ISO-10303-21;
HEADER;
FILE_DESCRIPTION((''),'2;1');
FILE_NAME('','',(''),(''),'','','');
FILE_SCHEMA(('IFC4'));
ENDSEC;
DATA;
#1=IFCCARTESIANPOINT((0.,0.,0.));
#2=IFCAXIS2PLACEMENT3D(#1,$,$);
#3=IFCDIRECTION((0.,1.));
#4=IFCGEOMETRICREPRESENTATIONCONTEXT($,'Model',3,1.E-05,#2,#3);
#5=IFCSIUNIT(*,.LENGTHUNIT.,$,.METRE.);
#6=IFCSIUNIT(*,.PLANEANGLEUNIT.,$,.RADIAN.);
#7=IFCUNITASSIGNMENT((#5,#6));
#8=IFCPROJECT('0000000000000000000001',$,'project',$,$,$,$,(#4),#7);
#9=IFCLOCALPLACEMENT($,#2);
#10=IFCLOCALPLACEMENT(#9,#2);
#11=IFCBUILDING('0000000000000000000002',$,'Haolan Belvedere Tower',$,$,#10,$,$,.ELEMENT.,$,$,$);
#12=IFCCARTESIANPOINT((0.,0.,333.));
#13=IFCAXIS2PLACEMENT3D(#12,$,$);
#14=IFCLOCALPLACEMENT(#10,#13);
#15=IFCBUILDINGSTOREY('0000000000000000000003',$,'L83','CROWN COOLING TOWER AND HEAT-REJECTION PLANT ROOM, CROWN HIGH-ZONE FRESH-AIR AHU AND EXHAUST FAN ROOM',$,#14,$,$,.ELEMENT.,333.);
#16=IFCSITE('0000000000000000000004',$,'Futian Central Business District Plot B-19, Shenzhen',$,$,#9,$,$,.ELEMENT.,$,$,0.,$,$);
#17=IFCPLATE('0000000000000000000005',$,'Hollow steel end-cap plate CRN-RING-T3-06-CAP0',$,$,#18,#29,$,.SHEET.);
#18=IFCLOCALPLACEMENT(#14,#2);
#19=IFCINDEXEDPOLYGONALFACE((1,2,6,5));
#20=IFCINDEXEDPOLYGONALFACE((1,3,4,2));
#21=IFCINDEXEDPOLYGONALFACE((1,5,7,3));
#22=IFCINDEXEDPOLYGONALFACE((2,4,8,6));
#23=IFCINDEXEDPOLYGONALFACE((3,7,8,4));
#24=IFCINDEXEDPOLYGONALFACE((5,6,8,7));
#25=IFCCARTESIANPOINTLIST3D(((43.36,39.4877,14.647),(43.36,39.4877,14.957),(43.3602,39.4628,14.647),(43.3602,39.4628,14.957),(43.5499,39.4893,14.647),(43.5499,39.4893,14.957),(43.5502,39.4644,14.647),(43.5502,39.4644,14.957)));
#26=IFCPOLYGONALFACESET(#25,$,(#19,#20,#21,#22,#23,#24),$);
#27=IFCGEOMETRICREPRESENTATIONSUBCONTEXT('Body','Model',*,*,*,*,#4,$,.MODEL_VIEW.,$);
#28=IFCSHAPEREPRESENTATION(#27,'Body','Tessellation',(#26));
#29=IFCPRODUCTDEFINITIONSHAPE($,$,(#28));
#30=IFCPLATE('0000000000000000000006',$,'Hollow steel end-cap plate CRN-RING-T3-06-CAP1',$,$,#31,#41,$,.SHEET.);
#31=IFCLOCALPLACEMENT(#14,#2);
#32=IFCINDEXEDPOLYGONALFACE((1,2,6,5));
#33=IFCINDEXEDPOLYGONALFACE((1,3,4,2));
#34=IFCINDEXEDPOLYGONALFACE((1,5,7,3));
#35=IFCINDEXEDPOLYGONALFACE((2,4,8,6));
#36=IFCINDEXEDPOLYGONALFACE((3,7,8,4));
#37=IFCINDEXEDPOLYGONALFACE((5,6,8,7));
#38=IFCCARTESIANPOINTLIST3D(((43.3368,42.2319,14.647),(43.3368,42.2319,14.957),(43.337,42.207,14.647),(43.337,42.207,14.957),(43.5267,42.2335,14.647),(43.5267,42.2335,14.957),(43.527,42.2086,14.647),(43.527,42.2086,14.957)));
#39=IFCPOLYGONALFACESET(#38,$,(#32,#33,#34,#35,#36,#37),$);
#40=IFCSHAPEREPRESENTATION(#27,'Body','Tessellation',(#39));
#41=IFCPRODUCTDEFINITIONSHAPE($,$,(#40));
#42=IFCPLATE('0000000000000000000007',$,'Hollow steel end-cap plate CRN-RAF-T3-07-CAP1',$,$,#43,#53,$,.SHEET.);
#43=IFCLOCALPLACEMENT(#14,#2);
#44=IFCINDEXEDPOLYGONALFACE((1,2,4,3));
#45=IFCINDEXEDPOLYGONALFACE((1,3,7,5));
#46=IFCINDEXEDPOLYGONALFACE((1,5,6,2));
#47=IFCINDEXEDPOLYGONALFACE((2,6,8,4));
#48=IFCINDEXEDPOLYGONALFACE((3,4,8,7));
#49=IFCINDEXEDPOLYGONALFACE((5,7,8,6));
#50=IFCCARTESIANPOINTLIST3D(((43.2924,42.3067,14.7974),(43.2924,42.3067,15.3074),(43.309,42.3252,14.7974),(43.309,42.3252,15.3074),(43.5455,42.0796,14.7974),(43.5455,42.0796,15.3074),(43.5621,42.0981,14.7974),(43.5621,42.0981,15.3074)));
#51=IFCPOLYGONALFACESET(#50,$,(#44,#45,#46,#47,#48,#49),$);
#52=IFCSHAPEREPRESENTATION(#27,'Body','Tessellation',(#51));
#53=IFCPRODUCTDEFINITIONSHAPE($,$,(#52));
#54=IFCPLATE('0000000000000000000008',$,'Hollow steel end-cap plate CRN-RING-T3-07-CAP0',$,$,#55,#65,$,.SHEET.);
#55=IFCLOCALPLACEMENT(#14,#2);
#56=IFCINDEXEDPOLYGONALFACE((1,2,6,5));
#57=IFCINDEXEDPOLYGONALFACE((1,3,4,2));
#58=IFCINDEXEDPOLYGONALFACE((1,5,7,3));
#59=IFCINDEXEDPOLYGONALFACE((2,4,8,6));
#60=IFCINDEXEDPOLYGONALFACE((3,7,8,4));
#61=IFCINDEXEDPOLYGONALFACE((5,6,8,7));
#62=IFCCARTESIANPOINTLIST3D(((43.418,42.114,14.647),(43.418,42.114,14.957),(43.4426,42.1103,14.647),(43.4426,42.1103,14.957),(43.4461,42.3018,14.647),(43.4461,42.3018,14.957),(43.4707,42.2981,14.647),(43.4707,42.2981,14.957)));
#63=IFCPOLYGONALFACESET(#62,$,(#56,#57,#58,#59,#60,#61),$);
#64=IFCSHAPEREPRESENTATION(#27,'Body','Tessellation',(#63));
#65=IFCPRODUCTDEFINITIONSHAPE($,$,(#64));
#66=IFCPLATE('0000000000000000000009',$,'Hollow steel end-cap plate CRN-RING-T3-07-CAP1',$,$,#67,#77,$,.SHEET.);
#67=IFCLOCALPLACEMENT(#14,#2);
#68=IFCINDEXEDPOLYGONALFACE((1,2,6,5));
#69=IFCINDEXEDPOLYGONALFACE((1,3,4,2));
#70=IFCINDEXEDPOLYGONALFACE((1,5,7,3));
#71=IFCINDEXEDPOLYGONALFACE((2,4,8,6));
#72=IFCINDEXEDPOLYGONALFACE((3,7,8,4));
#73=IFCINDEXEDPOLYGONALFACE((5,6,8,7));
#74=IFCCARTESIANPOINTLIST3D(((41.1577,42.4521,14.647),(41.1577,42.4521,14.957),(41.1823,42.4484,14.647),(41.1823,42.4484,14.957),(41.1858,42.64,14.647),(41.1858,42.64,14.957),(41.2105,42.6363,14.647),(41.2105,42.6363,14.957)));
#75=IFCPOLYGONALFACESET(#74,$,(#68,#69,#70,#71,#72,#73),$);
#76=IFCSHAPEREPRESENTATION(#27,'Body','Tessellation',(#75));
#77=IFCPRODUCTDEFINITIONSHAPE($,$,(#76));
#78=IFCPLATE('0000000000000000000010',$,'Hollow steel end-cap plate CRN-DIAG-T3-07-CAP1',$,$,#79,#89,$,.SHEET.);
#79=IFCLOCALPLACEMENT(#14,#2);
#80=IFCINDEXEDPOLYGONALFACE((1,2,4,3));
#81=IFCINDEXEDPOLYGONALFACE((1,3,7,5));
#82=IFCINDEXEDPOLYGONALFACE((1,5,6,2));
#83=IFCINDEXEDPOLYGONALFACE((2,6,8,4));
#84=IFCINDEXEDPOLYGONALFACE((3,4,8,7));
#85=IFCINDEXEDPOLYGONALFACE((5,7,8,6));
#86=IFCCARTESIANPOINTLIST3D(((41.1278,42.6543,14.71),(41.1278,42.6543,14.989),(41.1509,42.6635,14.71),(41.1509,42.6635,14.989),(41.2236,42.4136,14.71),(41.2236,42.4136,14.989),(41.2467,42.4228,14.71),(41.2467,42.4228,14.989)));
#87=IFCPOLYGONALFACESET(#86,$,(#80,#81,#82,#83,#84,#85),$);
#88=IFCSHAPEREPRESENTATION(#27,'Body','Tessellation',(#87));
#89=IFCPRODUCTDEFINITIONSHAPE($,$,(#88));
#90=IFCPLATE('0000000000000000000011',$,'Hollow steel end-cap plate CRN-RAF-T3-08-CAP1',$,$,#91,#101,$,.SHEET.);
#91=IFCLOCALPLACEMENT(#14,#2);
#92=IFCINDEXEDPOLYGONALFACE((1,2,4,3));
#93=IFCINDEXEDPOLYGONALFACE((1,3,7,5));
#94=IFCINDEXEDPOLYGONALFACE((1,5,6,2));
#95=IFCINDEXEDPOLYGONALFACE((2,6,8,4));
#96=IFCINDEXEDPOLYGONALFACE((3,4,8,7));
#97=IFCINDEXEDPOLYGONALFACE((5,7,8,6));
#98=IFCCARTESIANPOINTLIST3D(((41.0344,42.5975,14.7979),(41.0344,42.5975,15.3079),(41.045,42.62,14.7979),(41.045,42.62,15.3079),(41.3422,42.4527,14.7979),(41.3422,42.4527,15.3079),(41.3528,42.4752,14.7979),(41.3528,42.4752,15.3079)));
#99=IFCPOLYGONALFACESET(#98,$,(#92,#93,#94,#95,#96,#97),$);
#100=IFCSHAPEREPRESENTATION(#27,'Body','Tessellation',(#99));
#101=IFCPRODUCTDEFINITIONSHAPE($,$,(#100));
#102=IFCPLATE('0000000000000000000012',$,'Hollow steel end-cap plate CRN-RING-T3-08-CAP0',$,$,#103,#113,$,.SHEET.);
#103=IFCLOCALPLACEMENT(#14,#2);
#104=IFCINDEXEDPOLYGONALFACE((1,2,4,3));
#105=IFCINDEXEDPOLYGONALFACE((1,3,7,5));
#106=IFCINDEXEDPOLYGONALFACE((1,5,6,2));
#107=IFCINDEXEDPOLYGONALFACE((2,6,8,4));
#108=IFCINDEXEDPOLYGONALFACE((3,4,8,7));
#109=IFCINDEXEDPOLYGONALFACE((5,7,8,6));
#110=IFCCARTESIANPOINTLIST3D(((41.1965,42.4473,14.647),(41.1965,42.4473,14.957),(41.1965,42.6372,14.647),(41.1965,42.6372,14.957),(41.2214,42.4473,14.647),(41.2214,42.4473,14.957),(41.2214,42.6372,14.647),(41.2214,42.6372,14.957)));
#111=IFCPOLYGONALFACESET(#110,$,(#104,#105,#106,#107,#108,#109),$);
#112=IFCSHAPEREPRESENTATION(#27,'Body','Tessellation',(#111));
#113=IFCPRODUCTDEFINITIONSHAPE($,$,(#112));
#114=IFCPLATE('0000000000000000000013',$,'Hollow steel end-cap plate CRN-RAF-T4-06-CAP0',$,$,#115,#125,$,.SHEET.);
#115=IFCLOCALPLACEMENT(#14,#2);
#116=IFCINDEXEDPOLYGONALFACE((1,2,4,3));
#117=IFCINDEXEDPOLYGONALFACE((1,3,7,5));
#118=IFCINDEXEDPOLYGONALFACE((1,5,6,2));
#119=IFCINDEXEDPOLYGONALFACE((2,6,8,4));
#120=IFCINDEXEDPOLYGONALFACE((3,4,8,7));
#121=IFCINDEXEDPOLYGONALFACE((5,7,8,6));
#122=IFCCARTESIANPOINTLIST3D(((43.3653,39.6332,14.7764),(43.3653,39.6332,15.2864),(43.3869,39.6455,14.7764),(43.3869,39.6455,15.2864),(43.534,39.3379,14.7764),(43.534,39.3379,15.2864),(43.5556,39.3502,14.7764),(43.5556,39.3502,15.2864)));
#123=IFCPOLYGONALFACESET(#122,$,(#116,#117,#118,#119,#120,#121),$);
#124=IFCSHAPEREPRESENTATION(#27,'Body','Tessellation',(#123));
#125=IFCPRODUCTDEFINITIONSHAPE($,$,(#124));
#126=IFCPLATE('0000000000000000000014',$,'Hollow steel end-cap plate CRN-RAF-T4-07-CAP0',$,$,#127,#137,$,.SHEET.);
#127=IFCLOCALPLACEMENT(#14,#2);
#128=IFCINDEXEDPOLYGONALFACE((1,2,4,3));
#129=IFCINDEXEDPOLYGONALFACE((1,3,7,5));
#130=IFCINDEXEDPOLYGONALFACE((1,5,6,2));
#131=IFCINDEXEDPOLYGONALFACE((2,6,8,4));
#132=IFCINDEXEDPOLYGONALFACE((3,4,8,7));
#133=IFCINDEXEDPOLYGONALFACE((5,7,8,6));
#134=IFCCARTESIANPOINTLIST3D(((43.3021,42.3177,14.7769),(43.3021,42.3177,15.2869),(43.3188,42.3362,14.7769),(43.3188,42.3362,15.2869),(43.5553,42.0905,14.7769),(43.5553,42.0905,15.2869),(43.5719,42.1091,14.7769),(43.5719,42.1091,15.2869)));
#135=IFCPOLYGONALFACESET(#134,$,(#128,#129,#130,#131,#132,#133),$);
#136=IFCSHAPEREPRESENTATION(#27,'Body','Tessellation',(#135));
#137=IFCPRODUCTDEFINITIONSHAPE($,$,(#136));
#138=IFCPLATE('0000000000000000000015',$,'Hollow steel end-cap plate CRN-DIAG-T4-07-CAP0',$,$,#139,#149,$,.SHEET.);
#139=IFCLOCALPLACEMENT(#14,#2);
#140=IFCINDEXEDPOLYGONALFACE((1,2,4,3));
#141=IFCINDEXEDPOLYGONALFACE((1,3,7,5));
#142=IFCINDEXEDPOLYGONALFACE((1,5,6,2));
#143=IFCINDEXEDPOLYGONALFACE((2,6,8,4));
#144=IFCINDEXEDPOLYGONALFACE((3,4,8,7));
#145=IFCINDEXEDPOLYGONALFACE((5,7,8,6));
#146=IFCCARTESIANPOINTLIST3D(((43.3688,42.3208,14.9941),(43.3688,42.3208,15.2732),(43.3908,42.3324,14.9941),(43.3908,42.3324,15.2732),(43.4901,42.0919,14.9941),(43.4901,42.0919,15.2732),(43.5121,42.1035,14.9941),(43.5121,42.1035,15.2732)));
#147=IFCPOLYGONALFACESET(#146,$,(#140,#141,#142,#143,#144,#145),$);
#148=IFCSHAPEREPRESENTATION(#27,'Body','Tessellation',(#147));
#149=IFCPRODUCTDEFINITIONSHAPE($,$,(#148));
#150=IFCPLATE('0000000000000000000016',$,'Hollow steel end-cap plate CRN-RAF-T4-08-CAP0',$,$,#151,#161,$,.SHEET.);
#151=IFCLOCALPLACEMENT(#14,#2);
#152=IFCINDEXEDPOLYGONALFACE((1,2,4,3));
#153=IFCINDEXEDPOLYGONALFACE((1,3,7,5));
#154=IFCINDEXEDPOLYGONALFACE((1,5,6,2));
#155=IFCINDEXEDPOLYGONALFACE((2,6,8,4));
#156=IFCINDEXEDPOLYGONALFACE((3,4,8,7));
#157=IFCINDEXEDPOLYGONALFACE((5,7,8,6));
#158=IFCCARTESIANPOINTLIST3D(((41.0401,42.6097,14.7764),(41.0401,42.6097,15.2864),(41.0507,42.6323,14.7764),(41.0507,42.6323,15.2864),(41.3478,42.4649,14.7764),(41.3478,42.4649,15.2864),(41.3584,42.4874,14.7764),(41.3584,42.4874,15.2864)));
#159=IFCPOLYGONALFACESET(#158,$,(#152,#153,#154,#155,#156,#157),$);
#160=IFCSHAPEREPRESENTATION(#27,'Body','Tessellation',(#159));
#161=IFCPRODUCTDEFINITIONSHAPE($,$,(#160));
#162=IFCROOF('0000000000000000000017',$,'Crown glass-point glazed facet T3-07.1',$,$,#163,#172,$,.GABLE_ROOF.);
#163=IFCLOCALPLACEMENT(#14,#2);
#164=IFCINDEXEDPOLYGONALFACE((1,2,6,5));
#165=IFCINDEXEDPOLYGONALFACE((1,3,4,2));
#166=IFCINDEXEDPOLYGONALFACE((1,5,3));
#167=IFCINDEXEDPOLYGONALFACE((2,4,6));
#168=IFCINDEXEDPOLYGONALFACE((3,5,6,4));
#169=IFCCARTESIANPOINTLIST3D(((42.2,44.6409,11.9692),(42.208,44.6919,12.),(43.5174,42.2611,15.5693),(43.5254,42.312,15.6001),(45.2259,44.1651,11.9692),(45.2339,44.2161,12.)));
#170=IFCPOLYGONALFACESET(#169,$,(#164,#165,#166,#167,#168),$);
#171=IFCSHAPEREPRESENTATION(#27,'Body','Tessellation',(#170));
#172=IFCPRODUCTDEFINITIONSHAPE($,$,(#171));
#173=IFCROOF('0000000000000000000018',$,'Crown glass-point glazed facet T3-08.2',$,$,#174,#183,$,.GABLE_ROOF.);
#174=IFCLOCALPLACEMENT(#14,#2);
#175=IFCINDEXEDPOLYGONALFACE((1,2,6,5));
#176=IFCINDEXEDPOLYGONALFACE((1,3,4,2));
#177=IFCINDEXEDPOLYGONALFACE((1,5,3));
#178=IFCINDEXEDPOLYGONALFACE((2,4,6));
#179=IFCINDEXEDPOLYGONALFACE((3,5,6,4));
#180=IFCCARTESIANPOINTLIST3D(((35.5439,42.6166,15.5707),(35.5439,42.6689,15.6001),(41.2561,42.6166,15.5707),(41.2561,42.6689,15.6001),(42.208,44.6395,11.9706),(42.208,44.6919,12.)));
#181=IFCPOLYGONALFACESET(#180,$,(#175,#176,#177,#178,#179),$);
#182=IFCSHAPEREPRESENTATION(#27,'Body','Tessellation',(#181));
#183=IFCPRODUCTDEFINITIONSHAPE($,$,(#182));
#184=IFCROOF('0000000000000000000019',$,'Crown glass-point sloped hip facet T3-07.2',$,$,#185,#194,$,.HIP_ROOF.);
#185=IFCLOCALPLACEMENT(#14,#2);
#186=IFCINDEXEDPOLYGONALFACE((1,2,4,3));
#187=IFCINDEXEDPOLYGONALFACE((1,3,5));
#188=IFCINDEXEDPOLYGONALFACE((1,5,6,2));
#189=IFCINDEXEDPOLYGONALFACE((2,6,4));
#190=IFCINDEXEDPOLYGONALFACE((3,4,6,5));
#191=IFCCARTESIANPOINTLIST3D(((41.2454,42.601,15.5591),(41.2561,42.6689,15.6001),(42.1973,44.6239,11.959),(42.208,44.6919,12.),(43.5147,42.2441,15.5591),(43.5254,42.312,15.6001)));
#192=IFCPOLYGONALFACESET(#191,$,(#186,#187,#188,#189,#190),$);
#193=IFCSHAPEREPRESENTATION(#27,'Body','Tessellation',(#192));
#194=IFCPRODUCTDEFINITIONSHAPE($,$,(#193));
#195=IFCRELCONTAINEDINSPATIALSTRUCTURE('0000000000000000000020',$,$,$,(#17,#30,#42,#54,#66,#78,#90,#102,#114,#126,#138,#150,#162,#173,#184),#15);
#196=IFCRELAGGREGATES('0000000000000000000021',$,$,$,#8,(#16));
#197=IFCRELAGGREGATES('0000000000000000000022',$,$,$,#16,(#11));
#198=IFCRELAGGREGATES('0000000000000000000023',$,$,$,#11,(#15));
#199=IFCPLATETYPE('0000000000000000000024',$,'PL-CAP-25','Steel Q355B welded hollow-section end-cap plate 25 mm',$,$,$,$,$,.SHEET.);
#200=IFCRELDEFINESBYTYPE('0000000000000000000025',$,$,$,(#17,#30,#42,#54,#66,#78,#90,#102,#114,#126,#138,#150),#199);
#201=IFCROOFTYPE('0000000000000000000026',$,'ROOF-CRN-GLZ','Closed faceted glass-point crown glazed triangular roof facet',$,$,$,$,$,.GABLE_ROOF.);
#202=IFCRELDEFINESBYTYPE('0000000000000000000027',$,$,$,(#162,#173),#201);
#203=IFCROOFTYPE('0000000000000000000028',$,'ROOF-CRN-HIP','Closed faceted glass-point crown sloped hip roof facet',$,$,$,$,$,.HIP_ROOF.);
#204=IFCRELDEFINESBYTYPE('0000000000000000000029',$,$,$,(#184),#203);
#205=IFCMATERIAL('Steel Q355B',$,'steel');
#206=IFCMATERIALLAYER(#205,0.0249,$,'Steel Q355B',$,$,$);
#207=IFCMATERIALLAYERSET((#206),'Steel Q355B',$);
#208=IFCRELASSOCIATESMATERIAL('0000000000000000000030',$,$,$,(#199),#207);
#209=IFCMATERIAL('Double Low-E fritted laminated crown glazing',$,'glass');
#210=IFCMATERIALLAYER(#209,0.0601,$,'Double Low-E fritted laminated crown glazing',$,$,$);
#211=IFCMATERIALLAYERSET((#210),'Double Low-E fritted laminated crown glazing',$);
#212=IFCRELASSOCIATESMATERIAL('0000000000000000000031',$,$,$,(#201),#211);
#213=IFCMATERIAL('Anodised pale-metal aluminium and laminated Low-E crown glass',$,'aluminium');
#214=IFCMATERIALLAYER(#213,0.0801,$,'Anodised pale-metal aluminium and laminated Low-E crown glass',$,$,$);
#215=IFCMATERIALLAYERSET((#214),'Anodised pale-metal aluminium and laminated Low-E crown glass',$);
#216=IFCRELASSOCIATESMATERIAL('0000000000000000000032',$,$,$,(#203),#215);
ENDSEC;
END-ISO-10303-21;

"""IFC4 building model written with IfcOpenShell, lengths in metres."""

from ifc_helpers import new_model, si_unit, direction, frame, origin, origin_2d, place, context, subcontext, project, spatial, polyline, rectangle, outline, extrude, material, layer, layer_set, type_object, element, save


model = new_model("IFC4")

# Units and contexts
model_context = context("Model", 3, precision=1e-05, world=origin(), true_north=direction((0.0, 1.0)))
body_context = subcontext(model_context, "Body", "Model", "MODEL_VIEW")
ifc_project = project(units=[si_unit("LENGTHUNIT", "METRE"), si_unit("PLANEANGLEUNIT", "RADIAN")], contexts=[model_context])

# Site, building, storey
site_placement = place(None, origin())
site = spatial("IfcSite", under=ifc_project, at=site_placement, Name="Futian Central Business District Plot B-19, Shenzhen", CompositionType="ELEMENT", RefElevation=0.0)
building_placement = place(site_placement, origin())
building = spatial("IfcBuilding", under=site, at=building_placement, Name="Haolan Belvedere Tower", CompositionType="ELEMENT")
storey_placement = place(building_placement, frame((0.0, 0.0, 333.0)))
storey = spatial("IfcBuildingStorey", under=building, at=storey_placement, Name="L83", Description="CROWN COOLING TOWER AND HEAT-REJECTION PLANT ROOM, CROWN HIGH-ZONE FRESH-AIR AHU AND EXHAUST FAN ROOM", CompositionType="ELEMENT", Elevation=333.0)

# Shared definitions
ifc_material_1 = material(Name="Steel Q355B", Category="steel")

# Plates
ifc_layer_1 = layer(ifc_material_1, 0.0249, Name="Steel Q355B")
ifc_layer_set_1 = layer_set([ifc_layer_1], Name="Steel Q355B")
plate_type = type_object("IfcPlateType", Name="PL-CAP-25", Description="Steel Q355B welded hollow-section end-cap plate 25 mm", PredefinedType="SHEET", material=ifc_layer_set_1)
for number, where, z_axis, x_axis, name in (
    (1, (43.4551, 39.4761, 14.647), (0.0, 0.0, 1.0), (0.999965, 0.008412, 0.0), "Hollow steel end-cap plate CRN-RING-T3-06-CAP0"),
    (2, (43.4319, 42.2202, 14.647), (0.0, 0.0, 1.0), (-0.999965, -0.008412, 0.0), "Hollow steel end-cap plate CRN-RING-T3-06-CAP1"),
):
    element("IfcPlate", number, at=place(storey_placement, frame(where, z_axis=z_axis, x_axis=x_axis)), inside=storey, type_object=plate_type, Name=name, PredefinedType="SHEET", context=body_context, shape_type="SweptSolid", body=[
        extrude(rectangle(XDim=0.1899, YDim=0.0249, at=origin_2d()), origin(), (0.0, 0.0, 1.0), 0.3101),
    ])
plate_1_placement = place(storey_placement, frame((43.4272, 42.2024, 14.7974), z_axis=(0.0, 0.0, 1.0), x_axis=(0.744288, -0.667859, 0.0)))
element("IfcPlate", 3, at=plate_1_placement, inside=storey, type_object=plate_type, Name="Hollow steel end-cap plate CRN-RAF-T3-07-CAP1", PredefinedType="SHEET", context=body_context, shape_type="SweptSolid", body=[
    extrude(rectangle(XDim=0.3401, YDim=0.0249, at=origin_2d()), origin(), (0.0, 0.0, 1.0), 0.51),
])
for number, where, z_axis, x_axis, name in (
    (4, (43.4443, 42.2061, 14.647), (0.0, 0.0, 1.0), (0.147982, 0.98899, 0.0), "Hollow steel end-cap plate CRN-RING-T3-07-CAP0"),
    (5, (41.1841, 42.5442, 14.647), (0.0, 0.0, 1.0), (-0.147982, -0.98899, 0.0), "Hollow steel end-cap plate CRN-RING-T3-07-CAP1"),
):
    element("IfcPlate", number, at=place(storey_placement, frame(where, z_axis=z_axis, x_axis=x_axis)), inside=storey, type_object=plate_type, Name=name, PredefinedType="SHEET", context=body_context, shape_type="SweptSolid", body=[
        extrude(rectangle(XDim=0.1899, YDim=0.0249, at=origin_2d()), origin(), (0.0, 0.0, 1.0), 0.3101),
    ])
plate_2_placement = place(storey_placement, frame((41.1873, 42.5386, 14.71), z_axis=(0.0, 0.0, 1.0), x_axis=(0.369731, -0.929139, 0.0)))
element("IfcPlate", 6, at=plate_2_placement, inside=storey, type_object=plate_type, Name="Hollow steel end-cap plate CRN-DIAG-T3-07-CAP1", PredefinedType="SHEET", context=body_context, shape_type="SweptSolid", body=[
    extrude(rectangle(XDim=0.259, YDim=0.0249, at=origin_2d()), origin(), (0.0, 0.0, 1.0), 0.2791),
])
plate_3_placement = place(storey_placement, frame((41.1936, 42.5364, 14.7979), z_axis=(0.0, 0.0, 1.0), x_axis=(0.90482, -0.425795, 0.0)))
element("IfcPlate", 7, at=plate_3_placement, inside=storey, type_object=plate_type, Name="Hollow steel end-cap plate CRN-RAF-T3-08-CAP1", PredefinedType="SHEET", context=body_context, shape_type="SweptSolid", body=[
    extrude(rectangle(XDim=0.3401, YDim=0.0249, at=origin_2d()), origin(), (0.0, 0.0, 1.0), 0.51),
])
plate_4_placement = place(storey_placement, frame((41.209, 42.5422, 14.647), z_axis=(0.0, 0.0, 1.0), x_axis=(0.0, 1.0, 0.0)))
element("IfcPlate", 8, at=plate_4_placement, inside=storey, type_object=plate_type, Name="Hollow steel end-cap plate CRN-RING-T3-08-CAP0", PredefinedType="SHEET", context=body_context, shape_type="SweptSolid", body=[
    extrude(rectangle(XDim=0.1899, YDim=0.0249, at=origin_2d()), origin(), (0.0, 0.0, 1.0), 0.3101),
])
for number, where, z_axis, x_axis, name in (
    (9, (43.4604, 39.4917, 14.7764), (0.0, 0.0, 1.0), (-0.496141, 0.868242, 0.0), "Hollow steel end-cap plate CRN-RAF-T4-06-CAP0"),
    (10, (43.437, 42.2134, 14.7769), (0.0, 0.0, 1.0), (-0.744288, 0.667859, 0.0), "Hollow steel end-cap plate CRN-RAF-T4-07-CAP0"),
):
    element("IfcPlate", number, at=place(storey_placement, frame(where, z_axis=z_axis, x_axis=x_axis)), inside=storey, type_object=plate_type, Name=name, PredefinedType="SHEET", context=body_context, shape_type="SweptSolid", body=[
        extrude(rectangle(XDim=0.3401, YDim=0.0249, at=origin_2d()), origin(), (0.0, 0.0, 1.0), 0.51),
    ])
plate_5_placement = place(storey_placement, frame((43.4404, 42.2122, 14.9941), z_axis=(0.0, 0.0, 1.0), x_axis=(-0.468099, 0.883676, 0.0)))
element("IfcPlate", 11, at=plate_5_placement, inside=storey, type_object=plate_type, Name="Hollow steel end-cap plate CRN-DIAG-T4-07-CAP0", PredefinedType="SHEET", context=body_context, shape_type="SweptSolid", body=[
    extrude(rectangle(XDim=0.259, YDim=0.0249, at=origin_2d()), origin(), (0.0, 0.0, 1.0), 0.2791),
])
plate_6_placement = place(storey_placement, frame((41.1992, 42.5486, 14.7764), z_axis=(0.0, 0.0, 1.0), x_axis=(-0.90482, 0.425795, 0.0)))
element("IfcPlate", 12, at=plate_6_placement, inside=storey, type_object=plate_type, Name="Hollow steel end-cap plate CRN-RAF-T4-08-CAP0", PredefinedType="SHEET", context=body_context, shape_type="SweptSolid", body=[
    extrude(rectangle(XDim=0.3401, YDim=0.0249, at=origin_2d()), origin(), (0.0, 0.0, 1.0), 0.51),
])

# Roofs
ifc_material_2 = material(Name="Double Low-E fritted laminated crown glazing", Category="glass")
ifc_layer_2 = layer(ifc_material_2, 0.0601, Name="Double Low-E fritted laminated crown glazing")
ifc_layer_set_2 = layer_set([ifc_layer_2], Name="Double Low-E fritted laminated crown glazing")
roof_type_1 = type_object("IfcRoofType", Name="ROOF-CRN-GLZ", Description="Closed faceted glass-point crown glazed triangular roof facet", PredefinedType="GABLE_ROOF", material=ifc_layer_set_2)
roof_1_placement = place(storey_placement, frame((45.2339, 44.2161, 12.0), z_axis=(0.133431, 0.848506, 0.512088), x_axis=(-0.98786, 0.155345, 0.0)))
element("IfcRoof", 13, at=roof_1_placement, inside=storey, type_object=roof_type_1, Name="Crown glass-point glazed facet T3-07.1", PredefinedType="GABLE_ROOF", context=body_context, shape_type="SweptSolid", body=[
    extrude(outline(polyline([(0.0, 0.0), (3.0631, 0.0), (1.392, 4.1914), (0.0, 0.0)])), origin(), (0.0, 0.0, -1.0), 0.0601),
])
roof_2_placement = place(storey_placement, frame((42.208, 44.6919, 12.0), z_axis=(0.0, 0.871793, 0.489874), x_axis=(-0.850028, -0.258035, 0.459207)))
element("IfcRoof", 14, at=roof_2_placement, inside=storey, type_object=roof_type_1, Name="Crown glass-point glazed facet T3-08.2", PredefinedType="GABLE_ROOF", context=body_context, shape_type="SweptSolid", body=[
    extrude(outline(polyline([(0.0, 0.0), (7.8398, 0.0), (2.9843, 3.0088), (0.0, 0.0)])), origin(), (0.0, 0.0, -1.0), 0.0601),
])
ifc_material_3 = material(Name="Anodised pale-metal aluminium and laminated Low-E crown glass", Category="aluminium")
ifc_layer_3 = layer(ifc_material_3, 0.0801, Name="Anodised pale-metal aluminium and laminated Low-E crown glass")
ifc_layer_set_3 = layer_set([ifc_layer_3], Name="Anodised pale-metal aluminium and laminated Low-E crown glass")
roof_type_2 = type_object("IfcRoofType", Name="ROOF-CRN-HIP", Description="Closed faceted glass-point crown sloped hip roof facet", PredefinedType="HIP_ROOF", material=ifc_layer_set_3)
roof_3_placement = place(storey_placement, frame((42.208, 44.6919, 12.0), z_axis=(0.133461, 0.848507, 0.512078), x_axis=(-0.224621, -0.477356, 0.849516)))
element("IfcRoof", 15, at=roof_3_placement, inside=storey, type_object=roof_type_2, Name="Crown glass-point sloped hip facet T3-07.2", PredefinedType="HIP_ROOF", context=body_context, shape_type="SweptSolid", body=[
    extrude(outline(polyline([(0.0, 0.0), (4.2378, 0.0), (3.8985, 2.272), (0.0, 0.0)])), origin(), (0.0, 0.0, -1.0), 0.0801),
])

save(model, "model.ifc")
